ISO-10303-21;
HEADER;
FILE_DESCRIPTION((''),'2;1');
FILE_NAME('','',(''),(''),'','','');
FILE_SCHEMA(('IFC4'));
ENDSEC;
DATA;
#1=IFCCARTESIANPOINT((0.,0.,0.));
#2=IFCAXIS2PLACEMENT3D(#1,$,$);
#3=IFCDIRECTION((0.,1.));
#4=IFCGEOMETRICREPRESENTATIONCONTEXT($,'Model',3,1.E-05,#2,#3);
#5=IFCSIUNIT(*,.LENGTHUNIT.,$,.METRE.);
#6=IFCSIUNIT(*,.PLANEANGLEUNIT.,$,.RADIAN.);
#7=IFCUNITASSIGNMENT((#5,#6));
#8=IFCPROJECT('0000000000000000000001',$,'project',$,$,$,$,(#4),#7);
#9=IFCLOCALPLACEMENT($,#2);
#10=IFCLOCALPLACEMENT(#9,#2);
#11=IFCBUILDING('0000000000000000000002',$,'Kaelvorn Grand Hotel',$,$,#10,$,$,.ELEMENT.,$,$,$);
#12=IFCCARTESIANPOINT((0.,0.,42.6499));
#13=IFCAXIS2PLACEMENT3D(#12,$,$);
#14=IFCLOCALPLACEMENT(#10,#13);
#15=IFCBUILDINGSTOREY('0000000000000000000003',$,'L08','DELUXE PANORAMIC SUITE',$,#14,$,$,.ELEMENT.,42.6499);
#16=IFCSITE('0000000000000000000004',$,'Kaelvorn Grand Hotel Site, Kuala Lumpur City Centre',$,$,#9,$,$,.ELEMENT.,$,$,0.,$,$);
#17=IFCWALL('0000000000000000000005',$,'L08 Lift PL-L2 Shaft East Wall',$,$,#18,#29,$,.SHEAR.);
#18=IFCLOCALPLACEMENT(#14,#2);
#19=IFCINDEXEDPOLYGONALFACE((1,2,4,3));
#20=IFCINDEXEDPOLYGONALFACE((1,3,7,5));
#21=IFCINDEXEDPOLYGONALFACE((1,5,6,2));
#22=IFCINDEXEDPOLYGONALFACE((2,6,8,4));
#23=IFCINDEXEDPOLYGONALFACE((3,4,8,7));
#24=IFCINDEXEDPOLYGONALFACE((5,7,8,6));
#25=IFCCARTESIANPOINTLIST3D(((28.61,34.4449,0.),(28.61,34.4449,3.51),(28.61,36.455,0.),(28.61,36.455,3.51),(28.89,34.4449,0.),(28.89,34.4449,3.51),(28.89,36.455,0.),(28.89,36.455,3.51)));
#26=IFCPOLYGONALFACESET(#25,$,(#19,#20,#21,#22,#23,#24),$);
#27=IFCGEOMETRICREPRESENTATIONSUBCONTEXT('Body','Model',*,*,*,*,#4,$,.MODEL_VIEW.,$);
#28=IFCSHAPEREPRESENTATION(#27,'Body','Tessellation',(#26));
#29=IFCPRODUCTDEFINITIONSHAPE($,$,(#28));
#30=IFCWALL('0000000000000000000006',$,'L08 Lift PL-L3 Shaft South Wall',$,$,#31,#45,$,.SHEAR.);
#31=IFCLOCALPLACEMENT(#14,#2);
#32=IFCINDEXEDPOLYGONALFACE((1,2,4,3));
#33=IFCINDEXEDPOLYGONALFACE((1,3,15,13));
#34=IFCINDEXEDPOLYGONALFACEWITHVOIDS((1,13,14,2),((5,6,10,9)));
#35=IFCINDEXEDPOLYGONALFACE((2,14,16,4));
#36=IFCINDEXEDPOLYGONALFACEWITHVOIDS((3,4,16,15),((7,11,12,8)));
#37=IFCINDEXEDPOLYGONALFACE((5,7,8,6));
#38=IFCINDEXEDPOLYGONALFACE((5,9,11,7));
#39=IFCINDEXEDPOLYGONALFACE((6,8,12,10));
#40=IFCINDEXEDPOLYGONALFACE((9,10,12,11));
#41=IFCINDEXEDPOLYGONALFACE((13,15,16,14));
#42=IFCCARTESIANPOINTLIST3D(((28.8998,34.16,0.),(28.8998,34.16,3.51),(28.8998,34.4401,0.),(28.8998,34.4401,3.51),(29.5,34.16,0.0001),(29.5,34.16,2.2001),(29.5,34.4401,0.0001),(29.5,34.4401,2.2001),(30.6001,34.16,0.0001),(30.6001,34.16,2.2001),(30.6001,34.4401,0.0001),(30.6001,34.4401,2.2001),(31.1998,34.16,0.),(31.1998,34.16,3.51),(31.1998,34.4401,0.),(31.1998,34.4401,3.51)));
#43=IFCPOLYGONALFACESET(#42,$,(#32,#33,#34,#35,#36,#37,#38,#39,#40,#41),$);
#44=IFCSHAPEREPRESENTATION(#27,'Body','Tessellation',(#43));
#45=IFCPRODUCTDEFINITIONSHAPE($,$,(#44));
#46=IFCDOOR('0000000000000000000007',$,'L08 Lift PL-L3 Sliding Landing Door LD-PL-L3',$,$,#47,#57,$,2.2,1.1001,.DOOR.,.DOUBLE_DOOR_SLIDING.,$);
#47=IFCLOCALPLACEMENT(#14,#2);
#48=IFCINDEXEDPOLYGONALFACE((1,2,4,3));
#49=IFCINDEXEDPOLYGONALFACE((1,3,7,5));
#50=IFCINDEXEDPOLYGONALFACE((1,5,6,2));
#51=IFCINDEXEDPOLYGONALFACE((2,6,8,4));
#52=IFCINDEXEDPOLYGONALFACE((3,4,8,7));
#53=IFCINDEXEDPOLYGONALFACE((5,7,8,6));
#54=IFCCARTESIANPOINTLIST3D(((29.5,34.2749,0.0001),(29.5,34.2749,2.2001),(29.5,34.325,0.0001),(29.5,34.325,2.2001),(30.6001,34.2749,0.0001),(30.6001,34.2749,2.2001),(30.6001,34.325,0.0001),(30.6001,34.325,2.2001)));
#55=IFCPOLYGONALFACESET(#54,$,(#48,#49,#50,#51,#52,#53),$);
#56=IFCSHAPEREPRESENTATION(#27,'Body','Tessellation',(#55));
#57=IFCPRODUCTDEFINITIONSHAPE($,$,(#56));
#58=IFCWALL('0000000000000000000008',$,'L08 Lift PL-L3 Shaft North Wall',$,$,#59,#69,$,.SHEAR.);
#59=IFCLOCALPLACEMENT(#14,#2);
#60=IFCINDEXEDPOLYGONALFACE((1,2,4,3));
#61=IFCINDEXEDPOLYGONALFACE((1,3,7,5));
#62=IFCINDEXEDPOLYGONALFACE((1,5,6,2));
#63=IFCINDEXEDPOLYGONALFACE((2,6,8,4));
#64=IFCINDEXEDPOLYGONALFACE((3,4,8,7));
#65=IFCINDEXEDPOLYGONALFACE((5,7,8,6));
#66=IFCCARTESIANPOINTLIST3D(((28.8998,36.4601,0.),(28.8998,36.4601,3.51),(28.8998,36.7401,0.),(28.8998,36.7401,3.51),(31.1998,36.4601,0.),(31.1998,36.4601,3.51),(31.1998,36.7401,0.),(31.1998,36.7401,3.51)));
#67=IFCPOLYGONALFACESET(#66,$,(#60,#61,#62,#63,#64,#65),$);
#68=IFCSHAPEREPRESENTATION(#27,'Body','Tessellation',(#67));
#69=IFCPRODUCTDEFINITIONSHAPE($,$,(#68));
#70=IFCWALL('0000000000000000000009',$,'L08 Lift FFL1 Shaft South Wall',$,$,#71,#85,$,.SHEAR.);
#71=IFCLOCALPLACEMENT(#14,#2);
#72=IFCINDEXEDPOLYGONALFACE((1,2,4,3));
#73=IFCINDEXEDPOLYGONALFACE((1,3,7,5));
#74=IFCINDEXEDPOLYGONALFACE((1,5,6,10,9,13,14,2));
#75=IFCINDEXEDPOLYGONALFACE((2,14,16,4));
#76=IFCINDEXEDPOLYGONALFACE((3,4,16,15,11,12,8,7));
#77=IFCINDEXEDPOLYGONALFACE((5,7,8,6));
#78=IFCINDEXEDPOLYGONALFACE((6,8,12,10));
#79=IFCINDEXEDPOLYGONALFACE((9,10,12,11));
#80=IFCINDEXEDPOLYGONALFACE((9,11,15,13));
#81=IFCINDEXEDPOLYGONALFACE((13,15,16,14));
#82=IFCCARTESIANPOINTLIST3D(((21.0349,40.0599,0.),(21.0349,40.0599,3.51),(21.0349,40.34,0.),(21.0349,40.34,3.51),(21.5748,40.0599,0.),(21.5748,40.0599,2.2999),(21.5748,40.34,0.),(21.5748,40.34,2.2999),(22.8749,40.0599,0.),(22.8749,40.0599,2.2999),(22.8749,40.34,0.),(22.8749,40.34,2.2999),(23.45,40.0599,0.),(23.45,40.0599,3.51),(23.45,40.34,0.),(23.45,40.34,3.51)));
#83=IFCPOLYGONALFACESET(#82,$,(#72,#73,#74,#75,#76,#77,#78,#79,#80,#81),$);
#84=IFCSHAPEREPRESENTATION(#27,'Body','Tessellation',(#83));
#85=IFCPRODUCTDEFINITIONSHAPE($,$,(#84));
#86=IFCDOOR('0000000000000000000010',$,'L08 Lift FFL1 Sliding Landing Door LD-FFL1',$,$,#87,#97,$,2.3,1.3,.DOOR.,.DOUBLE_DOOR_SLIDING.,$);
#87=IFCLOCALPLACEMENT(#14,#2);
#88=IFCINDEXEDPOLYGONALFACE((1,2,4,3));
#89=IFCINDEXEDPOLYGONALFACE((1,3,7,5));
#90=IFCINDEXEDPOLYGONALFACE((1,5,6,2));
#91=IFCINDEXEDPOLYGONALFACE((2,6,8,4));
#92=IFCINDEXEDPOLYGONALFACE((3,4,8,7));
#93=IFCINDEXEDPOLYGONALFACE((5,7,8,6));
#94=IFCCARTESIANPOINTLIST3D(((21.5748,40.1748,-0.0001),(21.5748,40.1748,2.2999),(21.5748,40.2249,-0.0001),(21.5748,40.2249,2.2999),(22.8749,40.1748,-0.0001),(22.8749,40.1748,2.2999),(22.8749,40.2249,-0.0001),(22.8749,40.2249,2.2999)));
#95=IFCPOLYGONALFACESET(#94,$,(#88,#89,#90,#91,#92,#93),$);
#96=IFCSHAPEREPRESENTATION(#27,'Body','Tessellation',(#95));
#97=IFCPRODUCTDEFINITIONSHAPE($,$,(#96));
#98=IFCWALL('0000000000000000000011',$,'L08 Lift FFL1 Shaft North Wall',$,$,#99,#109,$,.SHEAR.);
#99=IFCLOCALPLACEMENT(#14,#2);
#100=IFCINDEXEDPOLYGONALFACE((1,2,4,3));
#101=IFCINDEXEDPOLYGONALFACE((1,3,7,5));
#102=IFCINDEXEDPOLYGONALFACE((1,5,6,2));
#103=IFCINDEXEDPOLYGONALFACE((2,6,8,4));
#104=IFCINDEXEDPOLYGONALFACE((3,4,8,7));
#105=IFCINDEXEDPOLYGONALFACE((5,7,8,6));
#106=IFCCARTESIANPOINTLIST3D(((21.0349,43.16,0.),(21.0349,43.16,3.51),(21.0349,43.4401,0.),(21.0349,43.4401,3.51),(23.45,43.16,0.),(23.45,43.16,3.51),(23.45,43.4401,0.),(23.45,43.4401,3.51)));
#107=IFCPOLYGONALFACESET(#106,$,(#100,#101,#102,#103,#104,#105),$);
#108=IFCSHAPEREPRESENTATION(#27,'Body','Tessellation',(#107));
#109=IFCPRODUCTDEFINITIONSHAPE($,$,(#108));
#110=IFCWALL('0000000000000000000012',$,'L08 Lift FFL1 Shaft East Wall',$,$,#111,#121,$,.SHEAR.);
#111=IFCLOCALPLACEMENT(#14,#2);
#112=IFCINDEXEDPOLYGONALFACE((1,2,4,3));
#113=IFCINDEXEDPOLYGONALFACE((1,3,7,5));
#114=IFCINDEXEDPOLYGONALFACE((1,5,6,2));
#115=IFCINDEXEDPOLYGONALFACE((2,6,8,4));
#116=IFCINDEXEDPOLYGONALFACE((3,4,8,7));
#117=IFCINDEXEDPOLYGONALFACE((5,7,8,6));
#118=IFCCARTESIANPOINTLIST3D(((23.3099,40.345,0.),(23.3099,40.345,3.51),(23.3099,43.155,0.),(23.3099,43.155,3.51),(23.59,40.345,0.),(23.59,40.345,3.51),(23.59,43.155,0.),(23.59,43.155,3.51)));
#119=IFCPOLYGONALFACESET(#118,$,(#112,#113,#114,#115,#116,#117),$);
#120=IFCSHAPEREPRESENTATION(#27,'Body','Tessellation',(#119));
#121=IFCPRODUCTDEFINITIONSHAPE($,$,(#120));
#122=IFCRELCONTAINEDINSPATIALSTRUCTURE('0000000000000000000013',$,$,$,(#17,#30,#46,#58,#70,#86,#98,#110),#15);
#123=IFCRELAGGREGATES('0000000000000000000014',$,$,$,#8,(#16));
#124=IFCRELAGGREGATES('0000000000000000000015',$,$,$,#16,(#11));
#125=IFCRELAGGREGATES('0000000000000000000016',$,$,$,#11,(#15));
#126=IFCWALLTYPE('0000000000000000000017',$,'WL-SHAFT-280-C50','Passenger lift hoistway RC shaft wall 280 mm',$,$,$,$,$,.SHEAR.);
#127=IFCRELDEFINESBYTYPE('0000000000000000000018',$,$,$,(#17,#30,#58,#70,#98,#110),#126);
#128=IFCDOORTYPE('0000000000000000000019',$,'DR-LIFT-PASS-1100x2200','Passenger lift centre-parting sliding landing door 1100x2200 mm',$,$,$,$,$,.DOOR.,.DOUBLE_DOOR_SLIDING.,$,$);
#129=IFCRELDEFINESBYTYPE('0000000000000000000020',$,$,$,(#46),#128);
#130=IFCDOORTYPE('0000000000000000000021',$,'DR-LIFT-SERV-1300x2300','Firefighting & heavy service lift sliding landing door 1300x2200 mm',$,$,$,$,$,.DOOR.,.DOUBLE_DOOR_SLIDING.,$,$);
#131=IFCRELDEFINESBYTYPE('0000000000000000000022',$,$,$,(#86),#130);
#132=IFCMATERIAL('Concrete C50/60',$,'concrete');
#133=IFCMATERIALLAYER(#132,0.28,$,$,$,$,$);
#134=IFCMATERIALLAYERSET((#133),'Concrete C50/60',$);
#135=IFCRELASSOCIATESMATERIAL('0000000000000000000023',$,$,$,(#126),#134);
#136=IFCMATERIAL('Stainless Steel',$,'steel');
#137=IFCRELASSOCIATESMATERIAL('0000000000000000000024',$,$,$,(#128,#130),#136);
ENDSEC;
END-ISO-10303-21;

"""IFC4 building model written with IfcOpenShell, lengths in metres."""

from ifc_helpers import new_model, si_unit, direction, frame, frame_2d, origin, place, context, subcontext, project, spatial, rectangle, extrude, material, layer, layer_set, type_object, element, fill, save


model = new_model("IFC4")

# Units and contexts
model_context = context("Model", 3, precision=1e-05, world=origin(), true_north=direction((0.0, 1.0)))
body_context = subcontext(model_context, "Body", "Model", "MODEL_VIEW")
ifc_project = project(units=[si_unit("LENGTHUNIT", "METRE"), si_unit("PLANEANGLEUNIT", "RADIAN")], contexts=[model_context])

# Site, building, storey
site_placement = place(None, origin())
site = spatial("IfcSite", under=ifc_project, at=site_placement, Name="Kaelvorn Grand Hotel Site, Kuala Lumpur City Centre", CompositionType="ELEMENT", RefElevation=0.0)
building_placement = place(site_placement, origin())
building = spatial("IfcBuilding", under=site, at=building_placement, Name="Kaelvorn Grand Hotel", CompositionType="ELEMENT")
storey_placement = place(building_placement, frame((0.0, 0.0, 42.6499)))
storey = spatial("IfcBuildingStorey", under=building, at=storey_placement, Name="L08", Description="DELUXE PANORAMIC SUITE", CompositionType="ELEMENT", Elevation=42.6499)

# Shared definitions
ifc_material_1 = material(Name="Concrete C50/60", Category="concrete")
ifc_layer_1 = layer(ifc_material_1, 0.28)
ifc_layer_set_1 = layer_set([ifc_layer_1], Name="Concrete C50/60")
wall_type_1 = type_object("IfcWallType", Name="WL-SHAFT-280-C50", Description="Passenger lift hoistway RC shaft wall 280 mm", PredefinedType="SHEAR", material=ifc_layer_set_1)
ifc_material_2 = material(Name="Stainless Steel", Category="steel")
door_type_1 = type_object("IfcDoorType", Name="DR-LIFT-PASS-1100x2200", Description="Passenger lift centre-parting sliding landing door 1100x2200 mm", OperationType="DOUBLE_DOOR_SLIDING", PredefinedType="DOOR", material=ifc_material_2)

# Wall
wall_1_placement = place(storey_placement, frame((28.75, 34.4451, 0.0), z_axis=(0.0, 0.0, 1.0), x_axis=(0.0, 1.0, 0.0)))
element("IfcWall", 1, at=wall_1_placement, inside=storey, type_object=wall_type_1, Name="L08 Lift PL-L2 Shaft East Wall", PredefinedType="SHEAR", context=body_context, shape_type="SweptSolid", body=[
    extrude(rectangle(XDim=2.01, YDim=0.28, at=frame_2d((1.0049, 0.0))), origin(), (0.0, 0.0, 1.0), 3.51),
])

# Wall, opening, door
wall_2_placement = place(storey_placement, frame((28.8999, 34.3, 0.0), z_axis=(0.0, 0.0, 1.0), x_axis=(1.0, 0.0, 0.0)))
wall_2 = element("IfcWall", 2, at=wall_2_placement, inside=storey, type_object=wall_type_1, Name="L08 Lift PL-L3 Shaft South Wall", PredefinedType="SHEAR", context=body_context, shape_type="SweptSolid", body=[
    extrude(rectangle(XDim=2.3, YDim=0.28, at=frame_2d((1.1499, 0.0))), origin(), (0.0, 0.0, 1.0), 3.51),
])
opening_1_placement = place(wall_2_placement, frame((0.6001, 0.0, 0.0)))
opening_1 = element("IfcOpeningElement", 3, at=opening_1_placement, cuts=wall_2, PredefinedType="OPENING", context=body_context, shape_type="SweptSolid", body=[
    extrude(rectangle(XDim=1.1001, YDim=2.2, at=frame_2d((0.55, 1.1001))), frame((0.0, 0.1499, 0.0), z_axis=(0.0, -1.0, 0.0), x_axis=(1.0, 0.0, 0.0)), (0.0, 0.0, 1.0), 0.3),
])
door_1_placement = place(opening_1_placement, origin())
door_1 = element("IfcDoor", 4, at=door_1_placement, inside=storey, type_object=door_type_1, Name="L08 Lift PL-L3 Sliding Landing Door LD-PL-L3", OperationType="DOUBLE_DOOR_SLIDING", OverallHeight=2.2, OverallWidth=1.1001, PredefinedType="DOOR", context=body_context, shape_type="SweptSolid", body=[
    extrude(rectangle(XDim=1.1001, YDim=2.2, at=frame_2d((0.55, 1.1001))), frame((0.0, 0.0249, 0.0), z_axis=(0.0, -1.0, 0.0), x_axis=(1.0, 0.0, 0.0)), (0.0, 0.0, 1.0), 0.05),
])
fill(opening_1, door_1)

# Wall
wall_3_placement = place(storey_placement, frame((28.8999, 36.6001, 0.0), z_axis=(0.0, 0.0, 1.0), x_axis=(1.0, 0.0, 0.0)))
element("IfcWall", 5, at=wall_3_placement, inside=storey, type_object=wall_type_1, Name="L08 Lift PL-L3 Shaft North Wall", PredefinedType="SHEAR", context=body_context, shape_type="SweptSolid", body=[
    extrude(rectangle(XDim=2.3, YDim=0.28, at=frame_2d((1.1499, 0.0))), origin(), (0.0, 0.0, 1.0), 3.51),
])

# Wall, opening, door
wall_4_placement = place(storey_placement, frame((21.0349, 40.2, 0.0), z_axis=(0.0, 0.0, 1.0), x_axis=(1.0, 0.0, 0.0)))
wall_4 = element("IfcWall", 6, at=wall_4_placement, inside=storey, type_object=wall_type_1, Name="L08 Lift FFL1 Shaft South Wall", PredefinedType="SHEAR", context=body_context, shape_type="SweptSolid", body=[
    extrude(rectangle(XDim=2.415, YDim=0.28, at=frame_2d((1.2075, 0.0))), origin(), (0.0, 0.0, 1.0), 3.51),
])
opening_2_placement = place(wall_4_placement, frame((0.54, 0.0, 0.0)))
opening_2 = element("IfcOpeningElement", 7, at=opening_2_placement, cuts=wall_4, PredefinedType="OPENING", context=body_context, shape_type="SweptSolid", body=[
    extrude(rectangle(XDim=1.3, YDim=2.3, at=frame_2d((0.6499, 1.1499))), frame((0.0, 0.1499, 0.0), z_axis=(0.0, -1.0, 0.0), x_axis=(1.0, 0.0, 0.0)), (0.0, 0.0, 1.0), 0.3),
])
door_type_2 = type_object("IfcDoorType", Name="DR-LIFT-SERV-1300x2300", Description="Firefighting & heavy service lift sliding landing door 1300x2200 mm", OperationType="DOUBLE_DOOR_SLIDING", PredefinedType="DOOR", material=ifc_material_2)
door_2_placement = place(opening_2_placement, origin())
door_2 = element("IfcDoor", 8, at=door_2_placement, inside=storey, type_object=door_type_2, Name="L08 Lift FFL1 Sliding Landing Door LD-FFL1", OperationType="DOUBLE_DOOR_SLIDING", OverallHeight=2.3, OverallWidth=1.3, PredefinedType="DOOR", context=body_context, shape_type="SweptSolid", body=[
    extrude(rectangle(XDim=1.3, YDim=2.3, at=frame_2d((0.6499, 1.1499))), frame((0.0, 0.0249, 0.0), z_axis=(0.0, -1.0, 0.0), x_axis=(1.0, 0.0, 0.0)), (0.0, 0.0, 1.0), 0.05),
])
fill(opening_2, door_2)

# Walls
wall_5_placement = place(storey_placement, frame((21.0349, 43.3, 0.0), z_axis=(0.0, 0.0, 1.0), x_axis=(1.0, 0.0, 0.0)))
element("IfcWall", 9, at=wall_5_placement, inside=storey, type_object=wall_type_1, Name="L08 Lift FFL1 Shaft North Wall", PredefinedType="SHEAR", context=body_context, shape_type="SweptSolid", body=[
    extrude(rectangle(XDim=2.415, YDim=0.28, at=frame_2d((1.2075, 0.0))), origin(), (0.0, 0.0, 1.0), 3.51),
])
wall_6_placement = place(storey_placement, frame((23.45, 40.345, 0.0), z_axis=(0.0, 0.0, 1.0), x_axis=(0.0, 1.0, 0.0)))
element("IfcWall", 10, at=wall_6_placement, inside=storey, type_object=wall_type_1, Name="L08 Lift FFL1 Shaft East Wall", PredefinedType="SHEAR", context=body_context, shape_type="SweptSolid", body=[
    extrude(rectangle(XDim=2.8101, YDim=0.28, at=frame_2d((1.405, 0.0))), origin(), (0.0, 0.0, 1.0), 3.51),
])

save(model, "model.ifc")
